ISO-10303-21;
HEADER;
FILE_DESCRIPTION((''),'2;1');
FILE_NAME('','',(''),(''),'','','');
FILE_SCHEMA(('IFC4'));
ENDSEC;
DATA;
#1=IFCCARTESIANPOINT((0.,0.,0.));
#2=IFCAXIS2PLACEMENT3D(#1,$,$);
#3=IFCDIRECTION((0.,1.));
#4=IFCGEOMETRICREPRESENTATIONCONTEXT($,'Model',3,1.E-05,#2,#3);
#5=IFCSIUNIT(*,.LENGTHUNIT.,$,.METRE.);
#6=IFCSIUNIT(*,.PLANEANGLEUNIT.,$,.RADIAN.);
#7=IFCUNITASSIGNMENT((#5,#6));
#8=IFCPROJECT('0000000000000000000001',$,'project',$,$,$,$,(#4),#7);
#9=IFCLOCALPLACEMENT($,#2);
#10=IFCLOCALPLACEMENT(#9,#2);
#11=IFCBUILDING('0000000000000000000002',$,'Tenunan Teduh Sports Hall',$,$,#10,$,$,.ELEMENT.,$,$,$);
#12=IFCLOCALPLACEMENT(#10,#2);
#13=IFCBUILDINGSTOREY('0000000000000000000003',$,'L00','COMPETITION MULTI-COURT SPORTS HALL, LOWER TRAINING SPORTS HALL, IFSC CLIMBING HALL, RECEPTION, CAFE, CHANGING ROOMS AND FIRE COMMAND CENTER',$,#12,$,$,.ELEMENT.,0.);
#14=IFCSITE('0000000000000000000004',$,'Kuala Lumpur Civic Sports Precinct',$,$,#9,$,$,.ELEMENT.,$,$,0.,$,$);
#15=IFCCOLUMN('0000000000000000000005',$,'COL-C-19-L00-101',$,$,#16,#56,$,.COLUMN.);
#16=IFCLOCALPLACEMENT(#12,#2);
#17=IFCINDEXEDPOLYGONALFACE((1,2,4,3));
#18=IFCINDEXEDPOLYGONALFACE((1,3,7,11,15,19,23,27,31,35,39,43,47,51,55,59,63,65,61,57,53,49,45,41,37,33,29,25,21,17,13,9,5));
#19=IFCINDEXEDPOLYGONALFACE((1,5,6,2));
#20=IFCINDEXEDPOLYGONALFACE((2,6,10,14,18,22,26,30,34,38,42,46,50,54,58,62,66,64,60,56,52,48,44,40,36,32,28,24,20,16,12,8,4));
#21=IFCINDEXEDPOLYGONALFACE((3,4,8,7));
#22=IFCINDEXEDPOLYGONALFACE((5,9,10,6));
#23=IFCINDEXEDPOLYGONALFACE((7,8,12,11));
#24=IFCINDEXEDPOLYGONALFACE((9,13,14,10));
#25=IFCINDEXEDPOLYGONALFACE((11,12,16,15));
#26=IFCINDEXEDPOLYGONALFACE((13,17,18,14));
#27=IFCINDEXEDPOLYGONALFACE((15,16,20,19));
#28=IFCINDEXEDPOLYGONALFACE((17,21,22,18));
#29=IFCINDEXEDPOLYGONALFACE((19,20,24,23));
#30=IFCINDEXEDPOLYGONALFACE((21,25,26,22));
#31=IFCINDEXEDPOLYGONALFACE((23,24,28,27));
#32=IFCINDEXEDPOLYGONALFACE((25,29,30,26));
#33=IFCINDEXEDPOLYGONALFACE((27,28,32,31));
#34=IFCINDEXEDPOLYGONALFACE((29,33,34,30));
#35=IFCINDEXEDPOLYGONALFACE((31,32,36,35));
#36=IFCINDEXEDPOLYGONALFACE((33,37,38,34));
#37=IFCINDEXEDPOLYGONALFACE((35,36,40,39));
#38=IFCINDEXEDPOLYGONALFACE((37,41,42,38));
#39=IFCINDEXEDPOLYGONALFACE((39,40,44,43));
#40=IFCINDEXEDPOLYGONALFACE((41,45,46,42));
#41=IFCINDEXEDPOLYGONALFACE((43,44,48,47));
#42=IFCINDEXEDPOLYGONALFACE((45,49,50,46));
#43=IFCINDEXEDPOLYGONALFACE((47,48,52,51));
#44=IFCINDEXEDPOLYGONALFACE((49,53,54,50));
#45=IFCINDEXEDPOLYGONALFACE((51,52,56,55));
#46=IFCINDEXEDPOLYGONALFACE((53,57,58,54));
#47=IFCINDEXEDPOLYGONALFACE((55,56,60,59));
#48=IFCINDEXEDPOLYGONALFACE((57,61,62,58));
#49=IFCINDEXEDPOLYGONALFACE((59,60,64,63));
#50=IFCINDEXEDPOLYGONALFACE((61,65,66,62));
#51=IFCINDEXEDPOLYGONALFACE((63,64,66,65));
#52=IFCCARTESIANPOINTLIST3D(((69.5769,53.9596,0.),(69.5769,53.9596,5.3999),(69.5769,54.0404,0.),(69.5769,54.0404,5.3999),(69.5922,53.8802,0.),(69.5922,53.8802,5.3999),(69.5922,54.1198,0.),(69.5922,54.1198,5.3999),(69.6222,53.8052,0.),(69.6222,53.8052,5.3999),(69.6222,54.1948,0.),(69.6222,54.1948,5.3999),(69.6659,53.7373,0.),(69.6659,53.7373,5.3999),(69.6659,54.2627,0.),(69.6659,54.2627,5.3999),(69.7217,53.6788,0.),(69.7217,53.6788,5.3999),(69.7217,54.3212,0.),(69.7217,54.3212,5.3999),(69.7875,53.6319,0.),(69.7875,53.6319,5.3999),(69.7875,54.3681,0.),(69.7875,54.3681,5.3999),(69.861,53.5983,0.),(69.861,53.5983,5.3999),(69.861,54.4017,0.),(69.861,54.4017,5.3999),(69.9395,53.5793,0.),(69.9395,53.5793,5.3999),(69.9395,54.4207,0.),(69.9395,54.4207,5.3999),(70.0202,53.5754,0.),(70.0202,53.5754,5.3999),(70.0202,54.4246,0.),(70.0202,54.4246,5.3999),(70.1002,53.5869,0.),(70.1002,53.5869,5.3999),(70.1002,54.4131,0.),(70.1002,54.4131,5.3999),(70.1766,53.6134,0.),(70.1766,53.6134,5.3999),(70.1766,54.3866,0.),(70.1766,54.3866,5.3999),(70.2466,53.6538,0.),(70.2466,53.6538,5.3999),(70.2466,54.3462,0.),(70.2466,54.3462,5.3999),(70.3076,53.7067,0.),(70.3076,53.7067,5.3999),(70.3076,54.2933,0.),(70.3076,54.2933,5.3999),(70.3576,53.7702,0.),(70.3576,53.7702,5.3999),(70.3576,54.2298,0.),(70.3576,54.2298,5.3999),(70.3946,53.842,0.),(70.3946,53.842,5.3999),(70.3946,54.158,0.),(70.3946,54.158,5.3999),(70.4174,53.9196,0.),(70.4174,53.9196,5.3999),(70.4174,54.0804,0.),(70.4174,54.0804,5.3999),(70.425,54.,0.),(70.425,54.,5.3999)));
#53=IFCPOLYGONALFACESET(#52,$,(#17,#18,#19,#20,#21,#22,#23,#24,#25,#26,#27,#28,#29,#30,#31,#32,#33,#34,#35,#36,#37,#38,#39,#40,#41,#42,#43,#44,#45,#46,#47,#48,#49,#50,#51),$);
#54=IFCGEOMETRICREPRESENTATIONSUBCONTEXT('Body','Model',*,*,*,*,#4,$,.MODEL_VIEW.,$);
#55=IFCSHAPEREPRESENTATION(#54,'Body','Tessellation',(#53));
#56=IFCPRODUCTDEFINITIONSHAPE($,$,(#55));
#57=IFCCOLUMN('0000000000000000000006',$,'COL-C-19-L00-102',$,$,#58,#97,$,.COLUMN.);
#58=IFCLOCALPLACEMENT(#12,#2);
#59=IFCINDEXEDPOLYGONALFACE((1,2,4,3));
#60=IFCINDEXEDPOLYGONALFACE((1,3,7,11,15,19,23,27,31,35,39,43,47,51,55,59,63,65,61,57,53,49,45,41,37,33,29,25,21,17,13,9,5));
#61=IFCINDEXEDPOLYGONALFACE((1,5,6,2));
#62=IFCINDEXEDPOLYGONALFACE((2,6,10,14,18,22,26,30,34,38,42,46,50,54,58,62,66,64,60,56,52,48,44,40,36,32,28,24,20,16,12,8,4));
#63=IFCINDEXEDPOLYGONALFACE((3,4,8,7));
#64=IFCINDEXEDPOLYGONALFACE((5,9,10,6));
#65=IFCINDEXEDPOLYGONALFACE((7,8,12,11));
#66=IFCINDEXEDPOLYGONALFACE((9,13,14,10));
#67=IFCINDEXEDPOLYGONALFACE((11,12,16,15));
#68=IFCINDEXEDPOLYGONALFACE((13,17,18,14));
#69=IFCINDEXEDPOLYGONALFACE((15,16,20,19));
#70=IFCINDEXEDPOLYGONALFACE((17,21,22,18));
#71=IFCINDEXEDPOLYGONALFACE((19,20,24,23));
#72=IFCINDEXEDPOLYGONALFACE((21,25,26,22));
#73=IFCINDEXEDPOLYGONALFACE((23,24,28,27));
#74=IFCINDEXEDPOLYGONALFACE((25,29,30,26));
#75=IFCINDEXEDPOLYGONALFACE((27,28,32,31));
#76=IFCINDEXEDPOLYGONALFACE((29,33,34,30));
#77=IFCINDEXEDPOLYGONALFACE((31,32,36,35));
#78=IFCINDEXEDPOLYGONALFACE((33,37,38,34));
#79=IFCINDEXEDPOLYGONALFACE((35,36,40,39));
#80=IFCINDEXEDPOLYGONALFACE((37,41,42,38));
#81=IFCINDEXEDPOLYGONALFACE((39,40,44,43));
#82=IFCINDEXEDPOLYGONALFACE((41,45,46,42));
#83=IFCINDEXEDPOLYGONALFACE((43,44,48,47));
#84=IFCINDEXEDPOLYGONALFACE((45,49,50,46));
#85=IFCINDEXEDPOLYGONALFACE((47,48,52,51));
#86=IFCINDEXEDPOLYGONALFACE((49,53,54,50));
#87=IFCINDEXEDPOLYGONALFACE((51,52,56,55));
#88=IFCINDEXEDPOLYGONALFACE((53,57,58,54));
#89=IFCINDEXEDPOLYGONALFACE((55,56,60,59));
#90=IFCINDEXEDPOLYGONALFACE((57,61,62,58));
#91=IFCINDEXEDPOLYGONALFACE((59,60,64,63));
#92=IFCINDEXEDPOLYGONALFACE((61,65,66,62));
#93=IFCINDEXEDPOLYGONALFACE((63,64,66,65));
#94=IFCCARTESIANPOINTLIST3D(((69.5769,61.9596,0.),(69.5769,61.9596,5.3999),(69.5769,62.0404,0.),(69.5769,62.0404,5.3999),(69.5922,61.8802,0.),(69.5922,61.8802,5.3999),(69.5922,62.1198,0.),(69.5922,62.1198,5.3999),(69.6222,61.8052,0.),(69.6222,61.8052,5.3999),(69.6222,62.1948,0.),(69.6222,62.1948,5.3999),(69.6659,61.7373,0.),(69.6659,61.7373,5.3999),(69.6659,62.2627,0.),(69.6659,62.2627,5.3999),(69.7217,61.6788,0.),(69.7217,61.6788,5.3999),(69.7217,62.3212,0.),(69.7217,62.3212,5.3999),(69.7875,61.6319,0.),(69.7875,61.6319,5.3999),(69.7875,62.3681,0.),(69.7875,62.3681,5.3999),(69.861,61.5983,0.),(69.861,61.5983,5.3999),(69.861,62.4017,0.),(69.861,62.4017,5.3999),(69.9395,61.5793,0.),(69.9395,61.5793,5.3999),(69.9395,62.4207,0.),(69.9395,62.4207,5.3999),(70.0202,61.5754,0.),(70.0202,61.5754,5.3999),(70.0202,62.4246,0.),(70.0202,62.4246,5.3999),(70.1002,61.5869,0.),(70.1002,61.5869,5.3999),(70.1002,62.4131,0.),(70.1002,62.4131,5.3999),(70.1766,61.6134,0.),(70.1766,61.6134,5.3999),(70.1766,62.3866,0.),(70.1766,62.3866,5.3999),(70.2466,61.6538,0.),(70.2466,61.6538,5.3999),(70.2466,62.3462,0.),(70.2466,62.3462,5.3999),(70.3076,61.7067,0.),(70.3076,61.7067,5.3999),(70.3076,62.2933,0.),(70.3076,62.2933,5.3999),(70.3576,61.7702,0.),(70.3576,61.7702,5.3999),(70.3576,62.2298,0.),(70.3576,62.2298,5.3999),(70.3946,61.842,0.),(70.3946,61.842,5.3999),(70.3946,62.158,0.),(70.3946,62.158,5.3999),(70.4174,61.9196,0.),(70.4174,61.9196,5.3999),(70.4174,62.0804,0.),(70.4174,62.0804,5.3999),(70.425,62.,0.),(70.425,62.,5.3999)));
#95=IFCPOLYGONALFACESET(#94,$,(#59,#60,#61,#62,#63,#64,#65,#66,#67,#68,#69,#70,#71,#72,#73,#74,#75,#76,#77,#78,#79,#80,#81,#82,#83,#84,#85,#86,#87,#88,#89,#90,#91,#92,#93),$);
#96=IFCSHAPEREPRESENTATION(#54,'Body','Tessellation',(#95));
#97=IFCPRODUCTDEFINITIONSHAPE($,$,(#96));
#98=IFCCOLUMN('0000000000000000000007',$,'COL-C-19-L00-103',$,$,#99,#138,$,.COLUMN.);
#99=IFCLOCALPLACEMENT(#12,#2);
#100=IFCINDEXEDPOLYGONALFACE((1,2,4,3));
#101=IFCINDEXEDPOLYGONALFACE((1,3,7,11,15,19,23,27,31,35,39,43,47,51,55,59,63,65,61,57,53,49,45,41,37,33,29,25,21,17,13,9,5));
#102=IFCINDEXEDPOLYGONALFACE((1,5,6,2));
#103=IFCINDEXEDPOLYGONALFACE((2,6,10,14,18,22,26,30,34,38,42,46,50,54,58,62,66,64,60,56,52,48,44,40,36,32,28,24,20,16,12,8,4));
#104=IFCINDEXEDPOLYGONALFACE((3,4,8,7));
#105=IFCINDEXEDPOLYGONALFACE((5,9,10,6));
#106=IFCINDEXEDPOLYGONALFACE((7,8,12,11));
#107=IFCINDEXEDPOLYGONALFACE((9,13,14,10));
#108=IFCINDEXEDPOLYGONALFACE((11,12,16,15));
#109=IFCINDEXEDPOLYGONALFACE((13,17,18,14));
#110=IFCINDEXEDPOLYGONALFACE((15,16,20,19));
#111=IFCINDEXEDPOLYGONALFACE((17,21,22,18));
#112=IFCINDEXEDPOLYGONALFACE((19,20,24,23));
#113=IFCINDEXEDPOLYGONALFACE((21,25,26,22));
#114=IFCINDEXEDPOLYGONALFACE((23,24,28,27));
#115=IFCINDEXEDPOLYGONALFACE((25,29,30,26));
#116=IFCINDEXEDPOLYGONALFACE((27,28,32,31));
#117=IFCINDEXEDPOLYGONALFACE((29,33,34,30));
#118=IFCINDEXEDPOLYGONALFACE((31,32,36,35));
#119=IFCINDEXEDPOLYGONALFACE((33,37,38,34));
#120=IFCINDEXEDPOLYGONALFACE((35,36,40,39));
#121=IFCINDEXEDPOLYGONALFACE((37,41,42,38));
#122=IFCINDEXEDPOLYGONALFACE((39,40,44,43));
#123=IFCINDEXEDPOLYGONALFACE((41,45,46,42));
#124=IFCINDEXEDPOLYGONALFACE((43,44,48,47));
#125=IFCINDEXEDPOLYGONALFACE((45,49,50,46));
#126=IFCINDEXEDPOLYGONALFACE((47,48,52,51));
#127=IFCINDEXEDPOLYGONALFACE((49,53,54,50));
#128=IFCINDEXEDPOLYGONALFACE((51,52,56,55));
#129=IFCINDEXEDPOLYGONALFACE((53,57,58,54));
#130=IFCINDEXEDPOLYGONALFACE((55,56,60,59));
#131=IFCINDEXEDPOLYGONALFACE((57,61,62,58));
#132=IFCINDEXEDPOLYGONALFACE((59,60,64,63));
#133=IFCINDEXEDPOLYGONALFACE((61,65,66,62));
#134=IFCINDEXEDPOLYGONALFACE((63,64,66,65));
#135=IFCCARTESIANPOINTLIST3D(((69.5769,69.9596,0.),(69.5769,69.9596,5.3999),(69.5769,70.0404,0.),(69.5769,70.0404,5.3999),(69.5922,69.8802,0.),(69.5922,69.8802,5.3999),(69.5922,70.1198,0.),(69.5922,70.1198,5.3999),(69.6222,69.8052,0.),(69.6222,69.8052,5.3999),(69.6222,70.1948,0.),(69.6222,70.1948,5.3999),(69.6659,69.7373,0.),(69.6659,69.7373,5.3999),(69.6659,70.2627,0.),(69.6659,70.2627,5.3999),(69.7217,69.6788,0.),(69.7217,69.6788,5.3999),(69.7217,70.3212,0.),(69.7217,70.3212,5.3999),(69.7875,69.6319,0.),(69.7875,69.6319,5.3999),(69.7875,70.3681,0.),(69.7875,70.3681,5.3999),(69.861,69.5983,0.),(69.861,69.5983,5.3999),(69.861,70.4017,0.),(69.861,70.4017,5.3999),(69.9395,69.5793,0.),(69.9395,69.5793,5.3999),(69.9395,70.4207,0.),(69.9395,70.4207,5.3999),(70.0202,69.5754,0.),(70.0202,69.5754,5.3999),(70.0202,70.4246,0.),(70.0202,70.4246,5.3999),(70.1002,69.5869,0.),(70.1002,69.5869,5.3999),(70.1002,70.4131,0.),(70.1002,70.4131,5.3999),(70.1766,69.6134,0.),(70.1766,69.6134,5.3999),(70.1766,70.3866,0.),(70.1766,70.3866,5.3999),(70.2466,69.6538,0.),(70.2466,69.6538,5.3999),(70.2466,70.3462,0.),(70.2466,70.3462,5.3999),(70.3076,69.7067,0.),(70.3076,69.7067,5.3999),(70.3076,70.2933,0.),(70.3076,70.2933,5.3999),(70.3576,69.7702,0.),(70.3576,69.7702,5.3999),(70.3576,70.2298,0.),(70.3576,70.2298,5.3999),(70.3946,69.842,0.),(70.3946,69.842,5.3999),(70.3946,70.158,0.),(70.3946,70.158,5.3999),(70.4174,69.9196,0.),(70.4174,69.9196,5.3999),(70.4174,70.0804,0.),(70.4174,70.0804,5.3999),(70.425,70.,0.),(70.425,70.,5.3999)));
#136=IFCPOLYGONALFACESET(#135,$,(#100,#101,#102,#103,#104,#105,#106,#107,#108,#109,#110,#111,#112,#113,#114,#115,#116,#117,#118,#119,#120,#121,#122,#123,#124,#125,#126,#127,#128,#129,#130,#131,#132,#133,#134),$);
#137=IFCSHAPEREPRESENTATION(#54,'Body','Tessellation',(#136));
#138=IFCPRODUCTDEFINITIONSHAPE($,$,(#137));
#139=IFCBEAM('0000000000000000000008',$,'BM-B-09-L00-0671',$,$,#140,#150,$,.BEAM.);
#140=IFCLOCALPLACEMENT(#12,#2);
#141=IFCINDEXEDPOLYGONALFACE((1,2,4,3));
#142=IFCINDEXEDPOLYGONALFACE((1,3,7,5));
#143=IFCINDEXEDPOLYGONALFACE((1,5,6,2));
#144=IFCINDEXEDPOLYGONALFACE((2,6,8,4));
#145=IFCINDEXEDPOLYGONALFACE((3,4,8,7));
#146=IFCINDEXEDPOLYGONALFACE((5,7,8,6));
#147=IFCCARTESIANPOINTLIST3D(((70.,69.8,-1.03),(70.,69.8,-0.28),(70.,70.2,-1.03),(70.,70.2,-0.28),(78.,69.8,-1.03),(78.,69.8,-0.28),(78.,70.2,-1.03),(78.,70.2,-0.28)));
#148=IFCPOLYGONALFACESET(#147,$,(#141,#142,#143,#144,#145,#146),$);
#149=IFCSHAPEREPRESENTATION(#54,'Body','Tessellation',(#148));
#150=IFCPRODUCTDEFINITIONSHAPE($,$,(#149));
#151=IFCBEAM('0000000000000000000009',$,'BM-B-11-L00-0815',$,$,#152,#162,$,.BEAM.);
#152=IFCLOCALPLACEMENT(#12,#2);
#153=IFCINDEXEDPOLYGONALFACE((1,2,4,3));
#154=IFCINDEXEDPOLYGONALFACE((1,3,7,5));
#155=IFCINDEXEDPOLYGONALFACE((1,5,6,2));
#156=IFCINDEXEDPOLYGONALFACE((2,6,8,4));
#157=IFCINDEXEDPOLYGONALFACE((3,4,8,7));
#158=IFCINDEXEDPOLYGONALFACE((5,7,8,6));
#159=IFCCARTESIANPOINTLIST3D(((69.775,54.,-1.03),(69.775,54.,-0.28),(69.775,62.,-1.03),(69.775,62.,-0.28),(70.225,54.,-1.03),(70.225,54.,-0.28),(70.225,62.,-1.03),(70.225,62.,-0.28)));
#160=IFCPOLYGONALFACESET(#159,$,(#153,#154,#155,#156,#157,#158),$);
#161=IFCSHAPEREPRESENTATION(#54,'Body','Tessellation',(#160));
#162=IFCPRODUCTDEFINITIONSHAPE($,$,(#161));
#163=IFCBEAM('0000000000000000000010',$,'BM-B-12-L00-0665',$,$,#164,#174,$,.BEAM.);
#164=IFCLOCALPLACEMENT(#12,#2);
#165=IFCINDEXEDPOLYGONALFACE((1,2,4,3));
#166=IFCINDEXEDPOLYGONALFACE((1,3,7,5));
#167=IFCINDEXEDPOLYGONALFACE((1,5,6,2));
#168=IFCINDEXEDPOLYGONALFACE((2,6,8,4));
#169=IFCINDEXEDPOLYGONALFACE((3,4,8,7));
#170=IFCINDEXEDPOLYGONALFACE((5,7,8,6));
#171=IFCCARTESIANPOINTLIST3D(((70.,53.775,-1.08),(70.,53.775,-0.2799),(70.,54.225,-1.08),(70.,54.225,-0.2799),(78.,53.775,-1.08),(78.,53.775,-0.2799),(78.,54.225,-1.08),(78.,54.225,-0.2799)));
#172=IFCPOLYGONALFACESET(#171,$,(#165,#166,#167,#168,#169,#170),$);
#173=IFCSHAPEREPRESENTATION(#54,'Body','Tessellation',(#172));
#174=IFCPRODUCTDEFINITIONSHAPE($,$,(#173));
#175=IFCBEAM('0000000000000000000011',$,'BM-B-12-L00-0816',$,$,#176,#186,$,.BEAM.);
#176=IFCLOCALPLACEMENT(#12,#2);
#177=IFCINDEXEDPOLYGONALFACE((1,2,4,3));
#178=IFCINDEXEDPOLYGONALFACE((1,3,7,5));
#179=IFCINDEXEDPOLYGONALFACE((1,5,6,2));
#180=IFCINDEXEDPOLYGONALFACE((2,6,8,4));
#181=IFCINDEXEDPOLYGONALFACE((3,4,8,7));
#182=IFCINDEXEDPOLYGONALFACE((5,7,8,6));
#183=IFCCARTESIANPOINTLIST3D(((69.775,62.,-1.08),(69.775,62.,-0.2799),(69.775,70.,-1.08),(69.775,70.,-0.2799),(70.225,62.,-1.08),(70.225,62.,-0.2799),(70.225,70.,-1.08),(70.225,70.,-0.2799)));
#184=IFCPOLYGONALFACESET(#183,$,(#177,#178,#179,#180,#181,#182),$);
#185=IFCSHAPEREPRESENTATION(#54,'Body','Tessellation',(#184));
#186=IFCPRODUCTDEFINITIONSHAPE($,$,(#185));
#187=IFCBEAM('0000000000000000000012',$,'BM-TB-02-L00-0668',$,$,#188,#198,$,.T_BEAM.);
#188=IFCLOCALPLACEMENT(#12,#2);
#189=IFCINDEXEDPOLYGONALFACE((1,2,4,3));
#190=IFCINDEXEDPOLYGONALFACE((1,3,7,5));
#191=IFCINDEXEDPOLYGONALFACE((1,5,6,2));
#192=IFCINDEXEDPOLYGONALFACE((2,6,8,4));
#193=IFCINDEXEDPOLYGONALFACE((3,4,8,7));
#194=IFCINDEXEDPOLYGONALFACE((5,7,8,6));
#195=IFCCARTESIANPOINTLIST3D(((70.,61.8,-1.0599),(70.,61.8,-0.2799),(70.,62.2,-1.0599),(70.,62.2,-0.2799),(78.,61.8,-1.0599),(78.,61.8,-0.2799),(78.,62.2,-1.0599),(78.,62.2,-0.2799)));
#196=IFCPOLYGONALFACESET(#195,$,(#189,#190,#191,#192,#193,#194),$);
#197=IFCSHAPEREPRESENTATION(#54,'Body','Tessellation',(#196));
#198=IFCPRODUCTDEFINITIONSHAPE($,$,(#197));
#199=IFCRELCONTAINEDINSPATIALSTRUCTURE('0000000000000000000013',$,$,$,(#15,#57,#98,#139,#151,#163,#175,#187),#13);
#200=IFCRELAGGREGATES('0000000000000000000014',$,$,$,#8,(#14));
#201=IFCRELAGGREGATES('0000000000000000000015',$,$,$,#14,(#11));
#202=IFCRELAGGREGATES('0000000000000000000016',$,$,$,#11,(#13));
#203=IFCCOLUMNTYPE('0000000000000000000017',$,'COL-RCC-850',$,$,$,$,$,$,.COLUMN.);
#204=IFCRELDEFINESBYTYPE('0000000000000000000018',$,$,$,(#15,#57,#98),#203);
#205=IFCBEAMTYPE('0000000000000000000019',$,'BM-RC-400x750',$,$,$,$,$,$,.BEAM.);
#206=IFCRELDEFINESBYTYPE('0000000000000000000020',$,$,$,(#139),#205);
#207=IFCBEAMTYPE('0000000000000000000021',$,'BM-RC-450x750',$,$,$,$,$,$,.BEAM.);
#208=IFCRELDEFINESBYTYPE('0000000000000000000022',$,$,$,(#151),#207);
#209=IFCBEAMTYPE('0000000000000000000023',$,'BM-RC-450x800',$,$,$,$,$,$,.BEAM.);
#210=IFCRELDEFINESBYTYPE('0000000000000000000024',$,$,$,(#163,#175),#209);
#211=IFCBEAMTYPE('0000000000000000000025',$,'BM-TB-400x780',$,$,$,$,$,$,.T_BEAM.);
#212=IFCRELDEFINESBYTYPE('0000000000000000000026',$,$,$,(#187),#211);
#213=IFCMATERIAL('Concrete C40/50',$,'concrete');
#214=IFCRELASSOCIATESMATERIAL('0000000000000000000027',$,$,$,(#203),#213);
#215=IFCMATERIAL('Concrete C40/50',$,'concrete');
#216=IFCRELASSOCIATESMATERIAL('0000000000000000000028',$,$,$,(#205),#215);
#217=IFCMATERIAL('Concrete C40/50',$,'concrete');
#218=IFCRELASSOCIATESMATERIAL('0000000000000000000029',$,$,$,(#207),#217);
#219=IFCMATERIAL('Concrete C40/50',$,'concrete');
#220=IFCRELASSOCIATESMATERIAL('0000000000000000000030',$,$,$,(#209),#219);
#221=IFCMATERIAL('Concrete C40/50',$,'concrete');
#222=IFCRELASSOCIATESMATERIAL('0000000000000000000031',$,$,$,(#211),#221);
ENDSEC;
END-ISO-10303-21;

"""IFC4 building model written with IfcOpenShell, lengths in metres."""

from ifc_helpers import new_model, si_unit, direction, frame, origin, origin_2d, place, context, subcontext, project, spatial, rectangle, circle, extrude, material, material_profile, profile_set, type_object, element, save


model = new_model("IFC4")

# Units and contexts
model_context = context("Model", 3, precision=1e-05, world=origin(), true_north=direction((0.0, 1.0)))
body_context = subcontext(model_context, "Body", "Model", "MODEL_VIEW")
ifc_project = project(units=[si_unit("LENGTHUNIT", "METRE"), si_unit("PLANEANGLEUNIT", "RADIAN")], contexts=[model_context])

# Site, building, storey
site_placement = place(None, origin())
site = spatial("IfcSite", under=ifc_project, at=site_placement, Name="Kuala Lumpur Civic Sports Precinct", CompositionType="ELEMENT", RefElevation=0.0)
building_placement = place(site_placement, origin())
building = spatial("IfcBuilding", under=site, at=building_placement, Name="Tenunan Teduh Sports Hall", CompositionType="ELEMENT")
storey_placement = place(building_placement, origin())
storey = spatial("IfcBuildingStorey", under=building, at=storey_placement, Name="L00", Description="COMPETITION MULTI-COURT SPORTS HALL, LOWER TRAINING SPORTS HALL, IFSC CLIMBING HALL, RECEPTION, CAFE, CHANGING ROOMS AND FIRE COMMAND CENTER", CompositionType="ELEMENT", Elevation=0.0)

# Columns
ifc_material_1 = material(Name="Concrete C40/50", Category="concrete")
ifc_material_profile_1 = material_profile(ifc_material_1, circle(Radius=0.425, at=origin_2d()), Name="RCC D850")
ifc_profile_set_1 = profile_set([ifc_material_profile_1], Name="Concrete C40/50")
column_type = type_object("IfcColumnType", Name="COL-RCC-850", PredefinedType="COLUMN", material=ifc_profile_set_1)
for number, where, z_axis, x_axis, name in (
    (1, (70.0, 54.0, 0.0), (0.0, 0.0, 1.0), (1.0, 0.0, 0.0), "COL-C-19-L00-101"),
    (2, (70.0, 62.0, 0.0), (0.0, 0.0, 1.0), (1.0, 0.0, 0.0), "COL-C-19-L00-102"),
    (3, (70.0, 70.0, 0.0), (0.0, 0.0, 1.0), (1.0, 0.0, 0.0), "COL-C-19-L00-103"),
):
    element("IfcColumn", number, at=place(storey_placement, frame(where, z_axis=z_axis, x_axis=x_axis)), inside=storey, type_object=column_type, Name=name, PredefinedType="COLUMN", context=body_context, shape_type="SweptSolid", body=[
        extrude(circle(Radius=0.425, at=origin_2d()), origin(), (0.0, 0.0, 1.0), 5.3999),
    ])

# Beams
ifc_material_2 = material(Name="Concrete C40/50", Category="concrete")
ifc_material_profile_2 = material_profile(ifc_material_2, rectangle(XDim=0.3999, YDim=0.75, at=origin_2d()), Name="RCB 400x750")
ifc_profile_set_2 = profile_set([ifc_material_profile_2], Name="Concrete C40/50")
beam_type_1 = type_object("IfcBeamType", Name="BM-RC-400x750", PredefinedType="BEAM", material=ifc_profile_set_2)
beam_1_placement = place(storey_placement, frame((70.0, 70.0, -0.655), z_axis=(1.0, 0.0, 0.0), x_axis=(0.0, 1.0, 0.0)))
element("IfcBeam", 4, at=beam_1_placement, inside=storey, type_object=beam_type_1, Name="BM-B-09-L00-0671", PredefinedType="BEAM", context=body_context, shape_type="SweptSolid", body=[
    extrude(rectangle(XDim=0.3999, YDim=0.75, at=origin_2d()), origin(), (0.0, 0.0, 1.0), 8.0),
])
ifc_material_3 = material(Name="Concrete C40/50", Category="concrete")
ifc_material_profile_3 = material_profile(ifc_material_3, rectangle(XDim=0.45, YDim=0.75, at=origin_2d()), Name="RCB 450x750")
ifc_profile_set_3 = profile_set([ifc_material_profile_3], Name="Concrete C40/50")
beam_type_2 = type_object("IfcBeamType", Name="BM-RC-450x750", PredefinedType="BEAM", material=ifc_profile_set_3)
beam_2_placement = place(storey_placement, frame((70.0, 54.0, -0.655), z_axis=(0.0, 1.0, 0.0), x_axis=(-1.0, 0.0, 0.0)))
element("IfcBeam", 5, at=beam_2_placement, inside=storey, type_object=beam_type_2, Name="BM-B-11-L00-0815", PredefinedType="BEAM", context=body_context, shape_type="SweptSolid", body=[
    extrude(rectangle(XDim=0.45, YDim=0.75, at=origin_2d()), origin(), (0.0, 0.0, 1.0), 8.0),
])
ifc_material_4 = material(Name="Concrete C40/50", Category="concrete")
ifc_material_profile_4 = material_profile(ifc_material_4, rectangle(XDim=0.45, YDim=0.8, at=origin_2d()), Name="RCB 450x800")
ifc_profile_set_4 = profile_set([ifc_material_profile_4], Name="Concrete C40/50")
beam_type_3 = type_object("IfcBeamType", Name="BM-RC-450x800", PredefinedType="BEAM", material=ifc_profile_set_4)
for number, where, z_axis, x_axis, name in (
    (6, (70.0, 54.0, -0.6799), (1.0, 0.0, 0.0), (0.0, 1.0, 0.0), "BM-B-12-L00-0665"),
    (7, (70.0, 62.0, -0.6799), (0.0, 1.0, 0.0), (-1.0, 0.0, 0.0), "BM-B-12-L00-0816"),
):
    element("IfcBeam", number, at=place(storey_placement, frame(where, z_axis=z_axis, x_axis=x_axis)), inside=storey, type_object=beam_type_3, Name=name, PredefinedType="BEAM", context=body_context, shape_type="SweptSolid", body=[
        extrude(rectangle(XDim=0.45, YDim=0.8, at=origin_2d()), origin(), (0.0, 0.0, 1.0), 8.0),
    ])
ifc_material_5 = material(Name="Concrete C40/50", Category="concrete")
ifc_material_profile_5 = material_profile(ifc_material_5, rectangle(XDim=0.3999, YDim=0.78, at=origin_2d()), Name="TB 400x780")
ifc_profile_set_5 = profile_set([ifc_material_profile_5], Name="Concrete C40/50")
beam_type_4 = type_object("IfcBeamType", Name="BM-TB-400x780", PredefinedType="T_BEAM", material=ifc_profile_set_5)
beam_3_placement = place(storey_placement, frame((70.0, 62.0, -0.6699), z_axis=(1.0, 0.0, 0.0), x_axis=(0.0, 1.0, 0.0)))
element("IfcBeam", 8, at=beam_3_placement, inside=storey, type_object=beam_type_4, Name="BM-TB-02-L00-0668", PredefinedType="T_BEAM", context=body_context, shape_type="SweptSolid", body=[
    extrude(rectangle(XDim=0.3999, YDim=0.78, at=origin_2d()), origin(), (0.0, 0.0, 1.0), 8.0),
])

save(model, "model.ifc")
